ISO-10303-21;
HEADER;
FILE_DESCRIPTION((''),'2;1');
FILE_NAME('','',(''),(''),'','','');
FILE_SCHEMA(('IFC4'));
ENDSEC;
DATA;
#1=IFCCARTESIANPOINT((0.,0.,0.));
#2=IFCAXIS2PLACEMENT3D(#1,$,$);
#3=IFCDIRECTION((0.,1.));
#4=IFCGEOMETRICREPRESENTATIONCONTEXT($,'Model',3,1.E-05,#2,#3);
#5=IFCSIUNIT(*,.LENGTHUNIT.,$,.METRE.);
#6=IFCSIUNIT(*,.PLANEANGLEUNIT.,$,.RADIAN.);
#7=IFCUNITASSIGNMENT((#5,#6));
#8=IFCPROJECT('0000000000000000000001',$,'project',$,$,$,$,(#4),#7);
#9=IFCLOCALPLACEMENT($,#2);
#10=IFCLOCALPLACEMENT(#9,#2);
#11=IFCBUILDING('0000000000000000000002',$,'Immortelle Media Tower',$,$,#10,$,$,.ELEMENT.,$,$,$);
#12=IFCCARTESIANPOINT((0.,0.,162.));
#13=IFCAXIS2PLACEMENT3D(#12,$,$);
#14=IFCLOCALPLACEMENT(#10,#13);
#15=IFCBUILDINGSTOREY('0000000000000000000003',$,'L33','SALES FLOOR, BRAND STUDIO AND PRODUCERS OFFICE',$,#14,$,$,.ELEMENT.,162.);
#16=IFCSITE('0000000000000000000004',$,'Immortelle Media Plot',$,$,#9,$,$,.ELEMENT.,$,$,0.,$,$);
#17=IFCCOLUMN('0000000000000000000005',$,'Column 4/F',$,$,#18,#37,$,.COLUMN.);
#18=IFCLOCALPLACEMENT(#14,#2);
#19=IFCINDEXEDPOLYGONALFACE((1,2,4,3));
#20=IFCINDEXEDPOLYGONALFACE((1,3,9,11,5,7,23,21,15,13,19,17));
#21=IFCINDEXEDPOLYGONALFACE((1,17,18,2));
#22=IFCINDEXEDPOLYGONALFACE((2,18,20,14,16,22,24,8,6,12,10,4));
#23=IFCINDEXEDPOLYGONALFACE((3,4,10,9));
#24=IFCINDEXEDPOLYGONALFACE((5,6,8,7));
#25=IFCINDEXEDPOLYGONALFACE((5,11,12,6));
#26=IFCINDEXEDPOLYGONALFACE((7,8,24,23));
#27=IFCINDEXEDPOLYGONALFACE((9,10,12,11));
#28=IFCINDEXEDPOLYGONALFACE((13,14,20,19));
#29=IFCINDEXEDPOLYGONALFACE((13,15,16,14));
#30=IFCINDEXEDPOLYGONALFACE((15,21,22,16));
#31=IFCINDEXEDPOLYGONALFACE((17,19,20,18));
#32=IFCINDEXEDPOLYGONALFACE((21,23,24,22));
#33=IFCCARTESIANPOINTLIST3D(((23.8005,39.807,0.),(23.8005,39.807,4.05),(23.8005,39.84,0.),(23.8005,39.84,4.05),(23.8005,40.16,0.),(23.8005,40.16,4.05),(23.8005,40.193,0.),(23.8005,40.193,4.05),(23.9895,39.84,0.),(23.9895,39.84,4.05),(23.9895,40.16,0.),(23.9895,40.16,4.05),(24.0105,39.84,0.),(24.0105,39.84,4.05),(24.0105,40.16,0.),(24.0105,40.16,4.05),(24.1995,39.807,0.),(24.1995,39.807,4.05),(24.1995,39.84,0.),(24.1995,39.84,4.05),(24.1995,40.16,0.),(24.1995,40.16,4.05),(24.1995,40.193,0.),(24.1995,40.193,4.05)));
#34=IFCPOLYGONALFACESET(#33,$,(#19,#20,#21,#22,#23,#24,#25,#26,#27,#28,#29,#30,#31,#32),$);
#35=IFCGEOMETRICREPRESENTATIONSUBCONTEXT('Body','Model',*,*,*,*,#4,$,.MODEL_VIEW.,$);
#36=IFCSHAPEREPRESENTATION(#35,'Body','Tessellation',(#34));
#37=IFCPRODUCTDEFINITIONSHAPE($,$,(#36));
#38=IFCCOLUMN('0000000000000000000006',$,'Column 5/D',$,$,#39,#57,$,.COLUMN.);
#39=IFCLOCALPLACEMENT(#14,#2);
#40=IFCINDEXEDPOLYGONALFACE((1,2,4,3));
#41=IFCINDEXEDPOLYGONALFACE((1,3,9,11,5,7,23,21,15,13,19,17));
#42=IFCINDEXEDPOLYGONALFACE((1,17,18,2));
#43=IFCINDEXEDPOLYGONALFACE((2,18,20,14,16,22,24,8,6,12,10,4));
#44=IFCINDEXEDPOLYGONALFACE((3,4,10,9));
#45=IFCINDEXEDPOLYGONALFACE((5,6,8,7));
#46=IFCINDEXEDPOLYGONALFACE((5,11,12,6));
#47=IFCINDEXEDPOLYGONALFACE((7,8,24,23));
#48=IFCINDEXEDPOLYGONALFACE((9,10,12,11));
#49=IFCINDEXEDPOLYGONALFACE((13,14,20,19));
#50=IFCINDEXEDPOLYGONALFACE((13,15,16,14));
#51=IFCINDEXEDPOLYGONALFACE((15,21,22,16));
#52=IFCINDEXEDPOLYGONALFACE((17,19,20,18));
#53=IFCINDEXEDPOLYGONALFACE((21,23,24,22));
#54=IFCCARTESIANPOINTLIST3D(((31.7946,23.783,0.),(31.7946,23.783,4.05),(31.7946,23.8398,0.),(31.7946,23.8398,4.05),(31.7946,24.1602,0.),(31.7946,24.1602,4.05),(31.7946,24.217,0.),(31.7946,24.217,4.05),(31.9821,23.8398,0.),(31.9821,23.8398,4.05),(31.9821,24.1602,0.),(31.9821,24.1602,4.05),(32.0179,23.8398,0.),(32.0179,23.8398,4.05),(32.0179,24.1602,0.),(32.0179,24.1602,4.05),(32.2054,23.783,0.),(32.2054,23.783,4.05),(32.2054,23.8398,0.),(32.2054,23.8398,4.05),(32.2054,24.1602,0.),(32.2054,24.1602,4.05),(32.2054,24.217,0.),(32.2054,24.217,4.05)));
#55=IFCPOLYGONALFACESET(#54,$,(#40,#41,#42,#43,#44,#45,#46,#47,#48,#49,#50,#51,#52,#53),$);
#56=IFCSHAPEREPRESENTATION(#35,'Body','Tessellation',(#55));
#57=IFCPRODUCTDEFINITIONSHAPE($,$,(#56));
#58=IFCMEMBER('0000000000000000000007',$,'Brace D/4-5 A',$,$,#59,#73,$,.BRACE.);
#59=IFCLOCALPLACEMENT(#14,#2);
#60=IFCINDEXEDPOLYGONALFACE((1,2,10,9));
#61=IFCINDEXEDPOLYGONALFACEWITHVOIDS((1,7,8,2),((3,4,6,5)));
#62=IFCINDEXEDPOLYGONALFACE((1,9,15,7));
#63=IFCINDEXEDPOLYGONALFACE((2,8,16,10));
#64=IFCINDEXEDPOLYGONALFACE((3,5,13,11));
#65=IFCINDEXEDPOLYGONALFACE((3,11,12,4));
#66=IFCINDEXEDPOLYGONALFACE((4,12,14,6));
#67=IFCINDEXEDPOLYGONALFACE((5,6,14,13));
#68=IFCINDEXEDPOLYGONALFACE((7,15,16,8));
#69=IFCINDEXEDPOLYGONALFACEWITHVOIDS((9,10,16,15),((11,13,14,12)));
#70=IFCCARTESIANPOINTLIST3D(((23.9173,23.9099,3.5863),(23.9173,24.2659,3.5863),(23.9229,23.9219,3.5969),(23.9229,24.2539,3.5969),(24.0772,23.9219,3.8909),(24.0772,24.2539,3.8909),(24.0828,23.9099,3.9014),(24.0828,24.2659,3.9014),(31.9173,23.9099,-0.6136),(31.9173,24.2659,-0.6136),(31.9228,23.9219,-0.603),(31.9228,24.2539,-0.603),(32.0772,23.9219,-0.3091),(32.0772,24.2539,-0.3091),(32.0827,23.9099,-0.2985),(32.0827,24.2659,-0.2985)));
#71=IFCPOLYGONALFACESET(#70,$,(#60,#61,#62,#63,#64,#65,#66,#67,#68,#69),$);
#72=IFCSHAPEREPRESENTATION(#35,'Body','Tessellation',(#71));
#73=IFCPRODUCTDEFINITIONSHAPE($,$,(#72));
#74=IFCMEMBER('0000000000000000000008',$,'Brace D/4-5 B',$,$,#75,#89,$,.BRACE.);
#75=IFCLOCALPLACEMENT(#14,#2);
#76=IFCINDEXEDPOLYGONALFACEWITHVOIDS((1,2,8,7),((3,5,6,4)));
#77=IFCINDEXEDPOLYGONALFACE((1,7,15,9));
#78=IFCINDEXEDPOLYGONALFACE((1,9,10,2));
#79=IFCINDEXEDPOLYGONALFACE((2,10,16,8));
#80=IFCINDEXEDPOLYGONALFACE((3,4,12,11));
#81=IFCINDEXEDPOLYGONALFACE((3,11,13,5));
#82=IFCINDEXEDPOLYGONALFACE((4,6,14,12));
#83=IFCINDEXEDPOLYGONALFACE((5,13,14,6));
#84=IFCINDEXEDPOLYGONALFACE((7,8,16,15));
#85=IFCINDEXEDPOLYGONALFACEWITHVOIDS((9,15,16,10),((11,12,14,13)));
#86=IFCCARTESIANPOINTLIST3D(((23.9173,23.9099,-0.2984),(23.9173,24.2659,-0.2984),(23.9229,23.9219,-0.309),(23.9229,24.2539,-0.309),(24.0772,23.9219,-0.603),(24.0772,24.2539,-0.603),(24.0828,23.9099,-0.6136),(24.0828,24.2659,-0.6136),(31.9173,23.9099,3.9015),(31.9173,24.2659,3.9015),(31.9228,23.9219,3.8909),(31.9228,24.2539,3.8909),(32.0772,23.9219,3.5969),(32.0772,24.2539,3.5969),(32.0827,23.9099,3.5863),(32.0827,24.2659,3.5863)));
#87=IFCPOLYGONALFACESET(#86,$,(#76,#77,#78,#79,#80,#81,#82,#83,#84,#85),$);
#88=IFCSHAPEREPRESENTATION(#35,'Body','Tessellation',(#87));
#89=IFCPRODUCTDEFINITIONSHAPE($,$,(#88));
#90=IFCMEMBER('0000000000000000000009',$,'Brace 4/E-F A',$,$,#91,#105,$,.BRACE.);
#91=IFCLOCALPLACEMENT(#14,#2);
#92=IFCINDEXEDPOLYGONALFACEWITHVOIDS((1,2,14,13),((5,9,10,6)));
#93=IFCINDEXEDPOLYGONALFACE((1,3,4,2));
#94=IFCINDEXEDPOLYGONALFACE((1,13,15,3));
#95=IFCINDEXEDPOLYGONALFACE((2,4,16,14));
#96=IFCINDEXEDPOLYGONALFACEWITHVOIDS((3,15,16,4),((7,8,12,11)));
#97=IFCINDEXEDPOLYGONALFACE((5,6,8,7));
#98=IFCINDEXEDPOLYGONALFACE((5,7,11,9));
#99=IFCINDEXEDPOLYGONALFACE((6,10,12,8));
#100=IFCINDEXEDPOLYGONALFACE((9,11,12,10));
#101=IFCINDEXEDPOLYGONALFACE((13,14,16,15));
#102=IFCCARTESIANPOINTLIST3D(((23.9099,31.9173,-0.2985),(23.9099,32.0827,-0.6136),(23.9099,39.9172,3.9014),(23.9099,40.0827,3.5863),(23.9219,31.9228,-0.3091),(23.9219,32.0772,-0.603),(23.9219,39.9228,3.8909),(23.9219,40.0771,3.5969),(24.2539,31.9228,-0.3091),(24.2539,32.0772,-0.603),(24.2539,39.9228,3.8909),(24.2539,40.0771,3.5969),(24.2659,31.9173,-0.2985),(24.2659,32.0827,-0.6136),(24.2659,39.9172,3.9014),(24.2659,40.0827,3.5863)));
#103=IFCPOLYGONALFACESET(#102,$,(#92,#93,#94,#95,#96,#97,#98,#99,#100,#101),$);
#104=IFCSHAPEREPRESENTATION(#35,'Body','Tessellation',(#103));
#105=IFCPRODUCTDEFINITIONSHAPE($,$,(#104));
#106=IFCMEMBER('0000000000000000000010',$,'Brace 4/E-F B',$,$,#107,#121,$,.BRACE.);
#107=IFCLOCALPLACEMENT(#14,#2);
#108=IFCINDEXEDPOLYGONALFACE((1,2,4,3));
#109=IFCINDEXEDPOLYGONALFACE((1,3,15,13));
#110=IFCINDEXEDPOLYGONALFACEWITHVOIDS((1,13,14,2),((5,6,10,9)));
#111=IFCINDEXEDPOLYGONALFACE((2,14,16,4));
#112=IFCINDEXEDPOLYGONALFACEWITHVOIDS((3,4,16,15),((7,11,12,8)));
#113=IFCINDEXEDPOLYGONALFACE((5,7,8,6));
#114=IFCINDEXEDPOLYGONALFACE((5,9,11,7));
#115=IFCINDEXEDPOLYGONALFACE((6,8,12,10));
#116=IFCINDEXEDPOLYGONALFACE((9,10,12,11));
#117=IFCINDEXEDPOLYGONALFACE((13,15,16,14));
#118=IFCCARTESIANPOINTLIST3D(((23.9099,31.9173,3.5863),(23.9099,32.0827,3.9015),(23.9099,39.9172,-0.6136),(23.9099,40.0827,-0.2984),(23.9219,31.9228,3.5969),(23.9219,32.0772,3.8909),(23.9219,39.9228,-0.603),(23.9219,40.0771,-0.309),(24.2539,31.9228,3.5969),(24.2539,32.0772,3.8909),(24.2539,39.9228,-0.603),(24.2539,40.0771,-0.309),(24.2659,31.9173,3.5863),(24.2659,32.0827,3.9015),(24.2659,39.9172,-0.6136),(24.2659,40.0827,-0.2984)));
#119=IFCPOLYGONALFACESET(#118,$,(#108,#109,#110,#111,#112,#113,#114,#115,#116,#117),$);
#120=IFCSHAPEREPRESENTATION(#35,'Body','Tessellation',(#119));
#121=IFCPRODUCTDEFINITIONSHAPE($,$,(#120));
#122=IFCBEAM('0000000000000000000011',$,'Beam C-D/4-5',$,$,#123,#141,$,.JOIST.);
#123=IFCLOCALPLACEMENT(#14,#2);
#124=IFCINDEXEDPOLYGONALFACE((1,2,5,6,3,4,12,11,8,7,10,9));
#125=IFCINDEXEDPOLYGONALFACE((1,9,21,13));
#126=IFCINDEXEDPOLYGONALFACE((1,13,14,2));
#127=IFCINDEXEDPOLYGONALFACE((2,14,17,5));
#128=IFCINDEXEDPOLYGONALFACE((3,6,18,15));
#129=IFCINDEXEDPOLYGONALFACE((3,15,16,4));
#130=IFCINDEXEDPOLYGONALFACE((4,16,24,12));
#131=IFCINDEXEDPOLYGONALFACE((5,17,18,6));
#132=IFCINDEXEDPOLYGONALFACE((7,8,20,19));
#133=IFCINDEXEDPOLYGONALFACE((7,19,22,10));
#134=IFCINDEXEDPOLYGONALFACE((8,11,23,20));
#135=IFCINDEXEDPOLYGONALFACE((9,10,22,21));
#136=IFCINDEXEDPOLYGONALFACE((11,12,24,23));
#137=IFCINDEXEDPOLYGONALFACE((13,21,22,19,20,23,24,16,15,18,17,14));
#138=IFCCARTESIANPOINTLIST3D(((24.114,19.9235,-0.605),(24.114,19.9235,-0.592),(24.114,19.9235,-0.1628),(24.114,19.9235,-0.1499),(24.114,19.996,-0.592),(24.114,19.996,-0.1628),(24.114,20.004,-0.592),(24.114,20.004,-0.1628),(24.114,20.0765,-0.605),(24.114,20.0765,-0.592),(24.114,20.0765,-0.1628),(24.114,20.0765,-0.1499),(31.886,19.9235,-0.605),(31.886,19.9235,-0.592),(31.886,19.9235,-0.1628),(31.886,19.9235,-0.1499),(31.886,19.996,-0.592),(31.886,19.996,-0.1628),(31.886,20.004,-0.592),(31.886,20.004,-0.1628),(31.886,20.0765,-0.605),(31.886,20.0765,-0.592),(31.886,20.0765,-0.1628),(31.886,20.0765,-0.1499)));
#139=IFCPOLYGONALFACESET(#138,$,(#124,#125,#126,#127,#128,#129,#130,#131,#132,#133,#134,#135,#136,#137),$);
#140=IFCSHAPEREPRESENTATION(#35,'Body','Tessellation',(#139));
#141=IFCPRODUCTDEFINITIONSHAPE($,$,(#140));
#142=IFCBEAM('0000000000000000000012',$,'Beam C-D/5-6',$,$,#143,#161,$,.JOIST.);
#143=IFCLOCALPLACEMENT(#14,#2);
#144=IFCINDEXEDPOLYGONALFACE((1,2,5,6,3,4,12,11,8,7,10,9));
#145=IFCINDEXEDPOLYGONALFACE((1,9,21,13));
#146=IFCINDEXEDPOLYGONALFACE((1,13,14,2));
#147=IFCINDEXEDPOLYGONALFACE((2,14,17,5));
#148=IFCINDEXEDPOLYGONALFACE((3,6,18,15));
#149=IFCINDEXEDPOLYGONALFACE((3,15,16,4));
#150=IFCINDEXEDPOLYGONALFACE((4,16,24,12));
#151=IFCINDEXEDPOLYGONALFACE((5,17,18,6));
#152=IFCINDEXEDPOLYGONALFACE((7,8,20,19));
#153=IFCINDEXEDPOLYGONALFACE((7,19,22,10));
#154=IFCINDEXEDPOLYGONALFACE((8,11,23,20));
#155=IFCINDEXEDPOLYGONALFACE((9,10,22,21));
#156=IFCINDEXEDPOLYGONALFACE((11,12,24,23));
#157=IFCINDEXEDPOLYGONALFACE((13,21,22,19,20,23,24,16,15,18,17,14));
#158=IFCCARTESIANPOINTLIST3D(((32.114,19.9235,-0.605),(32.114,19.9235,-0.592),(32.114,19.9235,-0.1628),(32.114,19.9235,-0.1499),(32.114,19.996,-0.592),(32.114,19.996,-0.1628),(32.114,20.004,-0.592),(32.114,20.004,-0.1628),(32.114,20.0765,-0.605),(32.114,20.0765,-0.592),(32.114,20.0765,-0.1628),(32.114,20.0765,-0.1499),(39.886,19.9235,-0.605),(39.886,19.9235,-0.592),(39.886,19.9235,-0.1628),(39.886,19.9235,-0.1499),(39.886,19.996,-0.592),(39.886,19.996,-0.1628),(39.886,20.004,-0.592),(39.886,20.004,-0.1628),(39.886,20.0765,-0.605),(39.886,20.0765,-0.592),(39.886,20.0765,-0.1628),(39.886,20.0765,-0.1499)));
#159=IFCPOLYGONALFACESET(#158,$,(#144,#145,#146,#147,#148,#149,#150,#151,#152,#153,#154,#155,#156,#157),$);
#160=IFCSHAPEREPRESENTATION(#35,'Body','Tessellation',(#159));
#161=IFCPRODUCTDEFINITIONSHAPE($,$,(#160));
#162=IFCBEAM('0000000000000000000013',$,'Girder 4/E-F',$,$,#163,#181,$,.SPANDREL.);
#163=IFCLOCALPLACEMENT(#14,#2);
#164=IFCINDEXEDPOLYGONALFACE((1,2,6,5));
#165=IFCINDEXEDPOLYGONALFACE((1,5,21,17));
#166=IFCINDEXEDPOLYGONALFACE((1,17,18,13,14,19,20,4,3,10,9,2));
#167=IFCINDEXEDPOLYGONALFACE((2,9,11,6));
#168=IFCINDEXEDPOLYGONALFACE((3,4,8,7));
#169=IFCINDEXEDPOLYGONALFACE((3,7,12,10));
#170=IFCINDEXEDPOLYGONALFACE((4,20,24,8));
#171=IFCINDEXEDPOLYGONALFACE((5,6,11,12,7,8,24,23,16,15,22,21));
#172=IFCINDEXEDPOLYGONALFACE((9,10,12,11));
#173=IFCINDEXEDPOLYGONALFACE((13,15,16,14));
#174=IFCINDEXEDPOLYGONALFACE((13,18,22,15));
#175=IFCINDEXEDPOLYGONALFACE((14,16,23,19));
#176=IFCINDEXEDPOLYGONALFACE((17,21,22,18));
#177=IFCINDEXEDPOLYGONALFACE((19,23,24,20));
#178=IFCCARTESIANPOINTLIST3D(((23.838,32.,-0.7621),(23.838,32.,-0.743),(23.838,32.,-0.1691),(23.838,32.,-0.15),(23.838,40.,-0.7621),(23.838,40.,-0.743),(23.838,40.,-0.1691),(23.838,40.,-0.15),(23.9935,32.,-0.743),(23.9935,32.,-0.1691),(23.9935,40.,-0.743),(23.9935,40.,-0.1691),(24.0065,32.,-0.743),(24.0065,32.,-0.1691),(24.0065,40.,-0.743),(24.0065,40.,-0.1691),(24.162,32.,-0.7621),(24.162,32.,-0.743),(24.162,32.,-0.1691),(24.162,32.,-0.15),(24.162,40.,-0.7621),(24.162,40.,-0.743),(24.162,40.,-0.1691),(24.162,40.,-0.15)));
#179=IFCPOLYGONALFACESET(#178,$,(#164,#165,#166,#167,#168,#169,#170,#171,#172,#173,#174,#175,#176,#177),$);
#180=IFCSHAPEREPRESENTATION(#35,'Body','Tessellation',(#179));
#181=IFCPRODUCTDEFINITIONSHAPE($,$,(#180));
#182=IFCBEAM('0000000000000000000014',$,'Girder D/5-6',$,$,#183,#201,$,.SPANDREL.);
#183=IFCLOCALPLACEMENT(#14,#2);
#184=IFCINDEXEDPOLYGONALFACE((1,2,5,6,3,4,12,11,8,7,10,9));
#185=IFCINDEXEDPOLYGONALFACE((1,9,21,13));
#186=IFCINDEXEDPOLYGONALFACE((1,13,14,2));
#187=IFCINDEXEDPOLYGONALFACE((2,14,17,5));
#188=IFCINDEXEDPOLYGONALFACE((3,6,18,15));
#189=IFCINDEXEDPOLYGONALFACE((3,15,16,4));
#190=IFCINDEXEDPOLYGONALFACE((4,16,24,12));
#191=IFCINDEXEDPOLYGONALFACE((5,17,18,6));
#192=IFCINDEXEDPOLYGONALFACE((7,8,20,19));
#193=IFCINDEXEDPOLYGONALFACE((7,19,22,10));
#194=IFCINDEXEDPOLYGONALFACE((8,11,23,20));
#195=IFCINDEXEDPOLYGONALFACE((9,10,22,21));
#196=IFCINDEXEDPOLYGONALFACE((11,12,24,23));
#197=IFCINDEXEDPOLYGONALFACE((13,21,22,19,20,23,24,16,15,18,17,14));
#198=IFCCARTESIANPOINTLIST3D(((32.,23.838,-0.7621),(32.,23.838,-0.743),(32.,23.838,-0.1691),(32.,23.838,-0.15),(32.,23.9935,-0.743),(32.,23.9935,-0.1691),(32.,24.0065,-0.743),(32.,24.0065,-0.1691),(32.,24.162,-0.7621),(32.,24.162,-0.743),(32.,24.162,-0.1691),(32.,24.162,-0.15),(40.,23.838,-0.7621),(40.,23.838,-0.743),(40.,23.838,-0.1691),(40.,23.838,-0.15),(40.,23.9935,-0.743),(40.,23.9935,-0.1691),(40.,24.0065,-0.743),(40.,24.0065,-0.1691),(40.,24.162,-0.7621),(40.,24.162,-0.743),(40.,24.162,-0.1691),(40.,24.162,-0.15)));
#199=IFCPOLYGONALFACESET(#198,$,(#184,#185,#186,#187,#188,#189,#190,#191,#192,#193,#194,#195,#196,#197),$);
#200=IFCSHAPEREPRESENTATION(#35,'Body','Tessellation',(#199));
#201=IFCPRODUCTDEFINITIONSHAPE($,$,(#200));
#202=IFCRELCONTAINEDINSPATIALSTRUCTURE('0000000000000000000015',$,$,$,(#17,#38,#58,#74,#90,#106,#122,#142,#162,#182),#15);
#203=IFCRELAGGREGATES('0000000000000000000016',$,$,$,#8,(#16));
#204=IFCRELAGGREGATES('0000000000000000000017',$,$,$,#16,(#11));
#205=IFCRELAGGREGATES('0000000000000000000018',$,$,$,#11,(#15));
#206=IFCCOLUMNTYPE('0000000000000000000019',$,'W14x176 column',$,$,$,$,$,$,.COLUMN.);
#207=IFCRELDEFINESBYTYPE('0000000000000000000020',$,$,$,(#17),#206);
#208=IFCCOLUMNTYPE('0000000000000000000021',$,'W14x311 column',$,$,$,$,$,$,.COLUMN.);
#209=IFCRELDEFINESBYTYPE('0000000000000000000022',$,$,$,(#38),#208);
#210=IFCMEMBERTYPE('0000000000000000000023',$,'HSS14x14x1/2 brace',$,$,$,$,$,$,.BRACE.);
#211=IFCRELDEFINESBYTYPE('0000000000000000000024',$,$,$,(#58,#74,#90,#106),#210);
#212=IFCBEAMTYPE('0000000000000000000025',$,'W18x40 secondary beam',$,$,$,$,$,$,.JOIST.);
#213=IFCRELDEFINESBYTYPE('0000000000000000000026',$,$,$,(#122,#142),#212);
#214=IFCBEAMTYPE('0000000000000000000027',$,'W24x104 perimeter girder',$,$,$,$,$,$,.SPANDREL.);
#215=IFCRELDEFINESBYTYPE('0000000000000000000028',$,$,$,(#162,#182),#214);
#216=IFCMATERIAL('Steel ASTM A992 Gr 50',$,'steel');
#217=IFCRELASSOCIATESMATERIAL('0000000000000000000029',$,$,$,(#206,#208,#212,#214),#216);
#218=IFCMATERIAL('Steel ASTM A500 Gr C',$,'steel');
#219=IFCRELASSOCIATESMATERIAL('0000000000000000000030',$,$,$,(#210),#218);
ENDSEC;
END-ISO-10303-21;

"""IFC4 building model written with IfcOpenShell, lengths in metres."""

from ifc_helpers import new_model, si_unit, direction, frame, origin, origin_2d, place, context, subcontext, project, spatial, hollow_rectangle, i_section, extrude, material, material_profile, profile_set, type_object, element, save


model = new_model("IFC4")

# Units and contexts
model_context = context("Model", 3, precision=1e-05, world=origin(), true_north=direction((0.0, 1.0)))
body_context = subcontext(model_context, "Body", "Model", "MODEL_VIEW")
ifc_project = project(units=[si_unit("LENGTHUNIT", "METRE"), si_unit("PLANEANGLEUNIT", "RADIAN")], contexts=[model_context])

# Site, building, storey
site_placement = place(None, origin())
site = spatial("IfcSite", under=ifc_project, at=site_placement, Name="Immortelle Media Plot", CompositionType="ELEMENT", RefElevation=0.0)
building_placement = place(site_placement, origin())
building = spatial("IfcBuilding", under=site, at=building_placement, Name="Immortelle Media Tower", CompositionType="ELEMENT")
storey_placement = place(building_placement, frame((0.0, 0.0, 162.0)))
storey = spatial("IfcBuildingStorey", under=building, at=storey_placement, Name="L33", Description="SALES FLOOR, BRAND STUDIO AND PRODUCERS OFFICE", CompositionType="ELEMENT", Elevation=162.0)

# Columns
ifc_material_1 = material(Name="Steel ASTM A992 Gr 50", Category="steel")
ifc_material_profile_1 = material_profile(ifc_material_1, i_section(OverallWidth=0.3989, OverallDepth=0.386, WebThickness=0.021, FlangeThickness=0.033, at=origin_2d()), Name="W14x176")
ifc_profile_set_1 = profile_set([ifc_material_profile_1], Name="Steel ASTM A992 Gr 50")
column_type_1 = type_object("IfcColumnType", Name="W14x176 column", PredefinedType="COLUMN", material=ifc_profile_set_1)
column_1_placement = place(storey_placement, frame((24.0, 40.0, 0.0), z_axis=(0.0, 0.0, 1.0), x_axis=(1.0, 0.0, 0.0)))
element("IfcColumn", 1, at=column_1_placement, inside=storey, type_object=column_type_1, Name="Column 4/F", PredefinedType="COLUMN", context=body_context, shape_type="SweptSolid", body=[
    extrude(i_section(OverallWidth=0.3989, OverallDepth=0.386, WebThickness=0.021, FlangeThickness=0.033, at=origin_2d()), origin(), (0.0, 0.0, 1.0), 4.05),
])
ifc_material_profile_2 = material_profile(ifc_material_1, i_section(OverallWidth=0.4109, OverallDepth=0.4341, WebThickness=0.0359, FlangeThickness=0.0569, at=origin_2d()), Name="W14x311")
ifc_profile_set_2 = profile_set([ifc_material_profile_2], Name="Steel ASTM A992 Gr 50")
column_type_2 = type_object("IfcColumnType", Name="W14x311 column", PredefinedType="COLUMN", material=ifc_profile_set_2)
column_2_placement = place(storey_placement, frame((32.0, 24.0, 0.0), z_axis=(0.0, 0.0, 1.0), x_axis=(1.0, 0.0, 0.0)))
element("IfcColumn", 2, at=column_2_placement, inside=storey, type_object=column_type_2, Name="Column 5/D", PredefinedType="COLUMN", context=body_context, shape_type="SweptSolid", body=[
    extrude(i_section(OverallWidth=0.4109, OverallDepth=0.4341, WebThickness=0.0359, FlangeThickness=0.0569, at=origin_2d()), origin(), (0.0, 0.0, 1.0), 4.05),
])

# Members
ifc_material_2 = material(Name="Steel ASTM A500 Gr C", Category="steel")
ifc_material_profile_3 = material_profile(ifc_material_2, hollow_rectangle(XDim=0.356, YDim=0.356, WallThickness=0.012, at=origin_2d()), Name="HSS14x14x1/2 brace")
ifc_profile_set_3 = profile_set([ifc_material_profile_3], Name="Steel ASTM A500 Gr C")
member_type = type_object("IfcMemberType", Name="HSS14x14x1/2 brace", PredefinedType="BRACE", material=ifc_profile_set_3)
for number, where, z_axis, x_axis, name in (
    (3, (32.0, 24.0879, -0.4561), (-0.8854, 0.0, 0.46483), (0.0, -1.0, 0.0), "Brace D/4-5 A"),
    (4, (32.0, 24.0879, 3.7439), (-0.8854, 0.0, -0.46483), (0.0, -1.0, 0.0), "Brace D/4-5 B"),
    (5, (24.0879, 32.0, -0.4561), (0.0, 0.8854, 0.46483), (-1.0, 0.0, 0.0), "Brace 4/E-F A"),
    (6, (24.0879, 32.0, 3.7439), (0.0, 0.8854, -0.46483), (-1.0, 0.0, 0.0), "Brace 4/E-F B"),
):
    element("IfcMember", number, at=place(storey_placement, frame(where, z_axis=z_axis, x_axis=x_axis)), inside=storey, type_object=member_type, Name=name, PredefinedType="BRACE", context=body_context, shape_type="SweptSolid", body=[
        extrude(hollow_rectangle(XDim=0.356, YDim=0.356, WallThickness=0.012, at=origin_2d()), origin(), (0.0, 0.0, 1.0), 9.0354),
    ])

# Beams
ifc_material_profile_4 = material_profile(ifc_material_1, i_section(OverallWidth=0.1531, OverallDepth=0.4551, WebThickness=0.0081, FlangeThickness=0.0129, at=origin_2d()), Name="W18x40")
ifc_profile_set_4 = profile_set([ifc_material_profile_4], Name="Steel ASTM A992 Gr 50")
beam_type_1 = type_object("IfcBeamType", Name="W18x40 secondary beam", PredefinedType="JOIST", material=ifc_profile_set_4)
for number, where, z_axis, x_axis, name in (
    (7, (24.114, 20.0, -0.3774), (1.0, 0.0, 0.0), (0.0, 1.0, 0.0), "Beam C-D/4-5"),
    (8, (32.114, 20.0, -0.3774), (1.0, 0.0, 0.0), (0.0, 1.0, 0.0), "Beam C-D/5-6"),
):
    element("IfcBeam", number, at=place(storey_placement, frame(where, z_axis=z_axis, x_axis=x_axis)), inside=storey, type_object=beam_type_1, Name=name, PredefinedType="JOIST", context=body_context, shape_type="SweptSolid", body=[
        extrude(i_section(OverallWidth=0.1531, OverallDepth=0.4551, WebThickness=0.0081, FlangeThickness=0.0129, at=origin_2d()), origin(), (0.0, 0.0, 1.0), 7.772),
    ])
ifc_material_profile_5 = material_profile(ifc_material_1, i_section(OverallWidth=0.324, OverallDepth=0.6121, WebThickness=0.0129, FlangeThickness=0.019, at=origin_2d()), Name="W24x104")
ifc_profile_set_5 = profile_set([ifc_material_profile_5], Name="Steel ASTM A992 Gr 50")
beam_type_2 = type_object("IfcBeamType", Name="W24x104 perimeter girder", PredefinedType="SPANDREL", material=ifc_profile_set_5)
for number, where, z_axis, x_axis, name in (
    (9, (24.0, 32.0, -0.4561), (0.0, 1.0, 0.0), (-1.0, 0.0, 0.0), "Girder 4/E-F"),
    (10, (32.0, 24.0, -0.4561), (1.0, 0.0, 0.0), (0.0, 1.0, 0.0), "Girder D/5-6"),
):
    element("IfcBeam", number, at=place(storey_placement, frame(where, z_axis=z_axis, x_axis=x_axis)), inside=storey, type_object=beam_type_2, Name=name, PredefinedType="SPANDREL", context=body_context, shape_type="SweptSolid", body=[
        extrude(i_section(OverallWidth=0.324, OverallDepth=0.6121, WebThickness=0.0129, FlangeThickness=0.019, at=origin_2d()), origin(), (0.0, 0.0, 1.0), 8.0),
    ])

save(model, "model.ifc")
